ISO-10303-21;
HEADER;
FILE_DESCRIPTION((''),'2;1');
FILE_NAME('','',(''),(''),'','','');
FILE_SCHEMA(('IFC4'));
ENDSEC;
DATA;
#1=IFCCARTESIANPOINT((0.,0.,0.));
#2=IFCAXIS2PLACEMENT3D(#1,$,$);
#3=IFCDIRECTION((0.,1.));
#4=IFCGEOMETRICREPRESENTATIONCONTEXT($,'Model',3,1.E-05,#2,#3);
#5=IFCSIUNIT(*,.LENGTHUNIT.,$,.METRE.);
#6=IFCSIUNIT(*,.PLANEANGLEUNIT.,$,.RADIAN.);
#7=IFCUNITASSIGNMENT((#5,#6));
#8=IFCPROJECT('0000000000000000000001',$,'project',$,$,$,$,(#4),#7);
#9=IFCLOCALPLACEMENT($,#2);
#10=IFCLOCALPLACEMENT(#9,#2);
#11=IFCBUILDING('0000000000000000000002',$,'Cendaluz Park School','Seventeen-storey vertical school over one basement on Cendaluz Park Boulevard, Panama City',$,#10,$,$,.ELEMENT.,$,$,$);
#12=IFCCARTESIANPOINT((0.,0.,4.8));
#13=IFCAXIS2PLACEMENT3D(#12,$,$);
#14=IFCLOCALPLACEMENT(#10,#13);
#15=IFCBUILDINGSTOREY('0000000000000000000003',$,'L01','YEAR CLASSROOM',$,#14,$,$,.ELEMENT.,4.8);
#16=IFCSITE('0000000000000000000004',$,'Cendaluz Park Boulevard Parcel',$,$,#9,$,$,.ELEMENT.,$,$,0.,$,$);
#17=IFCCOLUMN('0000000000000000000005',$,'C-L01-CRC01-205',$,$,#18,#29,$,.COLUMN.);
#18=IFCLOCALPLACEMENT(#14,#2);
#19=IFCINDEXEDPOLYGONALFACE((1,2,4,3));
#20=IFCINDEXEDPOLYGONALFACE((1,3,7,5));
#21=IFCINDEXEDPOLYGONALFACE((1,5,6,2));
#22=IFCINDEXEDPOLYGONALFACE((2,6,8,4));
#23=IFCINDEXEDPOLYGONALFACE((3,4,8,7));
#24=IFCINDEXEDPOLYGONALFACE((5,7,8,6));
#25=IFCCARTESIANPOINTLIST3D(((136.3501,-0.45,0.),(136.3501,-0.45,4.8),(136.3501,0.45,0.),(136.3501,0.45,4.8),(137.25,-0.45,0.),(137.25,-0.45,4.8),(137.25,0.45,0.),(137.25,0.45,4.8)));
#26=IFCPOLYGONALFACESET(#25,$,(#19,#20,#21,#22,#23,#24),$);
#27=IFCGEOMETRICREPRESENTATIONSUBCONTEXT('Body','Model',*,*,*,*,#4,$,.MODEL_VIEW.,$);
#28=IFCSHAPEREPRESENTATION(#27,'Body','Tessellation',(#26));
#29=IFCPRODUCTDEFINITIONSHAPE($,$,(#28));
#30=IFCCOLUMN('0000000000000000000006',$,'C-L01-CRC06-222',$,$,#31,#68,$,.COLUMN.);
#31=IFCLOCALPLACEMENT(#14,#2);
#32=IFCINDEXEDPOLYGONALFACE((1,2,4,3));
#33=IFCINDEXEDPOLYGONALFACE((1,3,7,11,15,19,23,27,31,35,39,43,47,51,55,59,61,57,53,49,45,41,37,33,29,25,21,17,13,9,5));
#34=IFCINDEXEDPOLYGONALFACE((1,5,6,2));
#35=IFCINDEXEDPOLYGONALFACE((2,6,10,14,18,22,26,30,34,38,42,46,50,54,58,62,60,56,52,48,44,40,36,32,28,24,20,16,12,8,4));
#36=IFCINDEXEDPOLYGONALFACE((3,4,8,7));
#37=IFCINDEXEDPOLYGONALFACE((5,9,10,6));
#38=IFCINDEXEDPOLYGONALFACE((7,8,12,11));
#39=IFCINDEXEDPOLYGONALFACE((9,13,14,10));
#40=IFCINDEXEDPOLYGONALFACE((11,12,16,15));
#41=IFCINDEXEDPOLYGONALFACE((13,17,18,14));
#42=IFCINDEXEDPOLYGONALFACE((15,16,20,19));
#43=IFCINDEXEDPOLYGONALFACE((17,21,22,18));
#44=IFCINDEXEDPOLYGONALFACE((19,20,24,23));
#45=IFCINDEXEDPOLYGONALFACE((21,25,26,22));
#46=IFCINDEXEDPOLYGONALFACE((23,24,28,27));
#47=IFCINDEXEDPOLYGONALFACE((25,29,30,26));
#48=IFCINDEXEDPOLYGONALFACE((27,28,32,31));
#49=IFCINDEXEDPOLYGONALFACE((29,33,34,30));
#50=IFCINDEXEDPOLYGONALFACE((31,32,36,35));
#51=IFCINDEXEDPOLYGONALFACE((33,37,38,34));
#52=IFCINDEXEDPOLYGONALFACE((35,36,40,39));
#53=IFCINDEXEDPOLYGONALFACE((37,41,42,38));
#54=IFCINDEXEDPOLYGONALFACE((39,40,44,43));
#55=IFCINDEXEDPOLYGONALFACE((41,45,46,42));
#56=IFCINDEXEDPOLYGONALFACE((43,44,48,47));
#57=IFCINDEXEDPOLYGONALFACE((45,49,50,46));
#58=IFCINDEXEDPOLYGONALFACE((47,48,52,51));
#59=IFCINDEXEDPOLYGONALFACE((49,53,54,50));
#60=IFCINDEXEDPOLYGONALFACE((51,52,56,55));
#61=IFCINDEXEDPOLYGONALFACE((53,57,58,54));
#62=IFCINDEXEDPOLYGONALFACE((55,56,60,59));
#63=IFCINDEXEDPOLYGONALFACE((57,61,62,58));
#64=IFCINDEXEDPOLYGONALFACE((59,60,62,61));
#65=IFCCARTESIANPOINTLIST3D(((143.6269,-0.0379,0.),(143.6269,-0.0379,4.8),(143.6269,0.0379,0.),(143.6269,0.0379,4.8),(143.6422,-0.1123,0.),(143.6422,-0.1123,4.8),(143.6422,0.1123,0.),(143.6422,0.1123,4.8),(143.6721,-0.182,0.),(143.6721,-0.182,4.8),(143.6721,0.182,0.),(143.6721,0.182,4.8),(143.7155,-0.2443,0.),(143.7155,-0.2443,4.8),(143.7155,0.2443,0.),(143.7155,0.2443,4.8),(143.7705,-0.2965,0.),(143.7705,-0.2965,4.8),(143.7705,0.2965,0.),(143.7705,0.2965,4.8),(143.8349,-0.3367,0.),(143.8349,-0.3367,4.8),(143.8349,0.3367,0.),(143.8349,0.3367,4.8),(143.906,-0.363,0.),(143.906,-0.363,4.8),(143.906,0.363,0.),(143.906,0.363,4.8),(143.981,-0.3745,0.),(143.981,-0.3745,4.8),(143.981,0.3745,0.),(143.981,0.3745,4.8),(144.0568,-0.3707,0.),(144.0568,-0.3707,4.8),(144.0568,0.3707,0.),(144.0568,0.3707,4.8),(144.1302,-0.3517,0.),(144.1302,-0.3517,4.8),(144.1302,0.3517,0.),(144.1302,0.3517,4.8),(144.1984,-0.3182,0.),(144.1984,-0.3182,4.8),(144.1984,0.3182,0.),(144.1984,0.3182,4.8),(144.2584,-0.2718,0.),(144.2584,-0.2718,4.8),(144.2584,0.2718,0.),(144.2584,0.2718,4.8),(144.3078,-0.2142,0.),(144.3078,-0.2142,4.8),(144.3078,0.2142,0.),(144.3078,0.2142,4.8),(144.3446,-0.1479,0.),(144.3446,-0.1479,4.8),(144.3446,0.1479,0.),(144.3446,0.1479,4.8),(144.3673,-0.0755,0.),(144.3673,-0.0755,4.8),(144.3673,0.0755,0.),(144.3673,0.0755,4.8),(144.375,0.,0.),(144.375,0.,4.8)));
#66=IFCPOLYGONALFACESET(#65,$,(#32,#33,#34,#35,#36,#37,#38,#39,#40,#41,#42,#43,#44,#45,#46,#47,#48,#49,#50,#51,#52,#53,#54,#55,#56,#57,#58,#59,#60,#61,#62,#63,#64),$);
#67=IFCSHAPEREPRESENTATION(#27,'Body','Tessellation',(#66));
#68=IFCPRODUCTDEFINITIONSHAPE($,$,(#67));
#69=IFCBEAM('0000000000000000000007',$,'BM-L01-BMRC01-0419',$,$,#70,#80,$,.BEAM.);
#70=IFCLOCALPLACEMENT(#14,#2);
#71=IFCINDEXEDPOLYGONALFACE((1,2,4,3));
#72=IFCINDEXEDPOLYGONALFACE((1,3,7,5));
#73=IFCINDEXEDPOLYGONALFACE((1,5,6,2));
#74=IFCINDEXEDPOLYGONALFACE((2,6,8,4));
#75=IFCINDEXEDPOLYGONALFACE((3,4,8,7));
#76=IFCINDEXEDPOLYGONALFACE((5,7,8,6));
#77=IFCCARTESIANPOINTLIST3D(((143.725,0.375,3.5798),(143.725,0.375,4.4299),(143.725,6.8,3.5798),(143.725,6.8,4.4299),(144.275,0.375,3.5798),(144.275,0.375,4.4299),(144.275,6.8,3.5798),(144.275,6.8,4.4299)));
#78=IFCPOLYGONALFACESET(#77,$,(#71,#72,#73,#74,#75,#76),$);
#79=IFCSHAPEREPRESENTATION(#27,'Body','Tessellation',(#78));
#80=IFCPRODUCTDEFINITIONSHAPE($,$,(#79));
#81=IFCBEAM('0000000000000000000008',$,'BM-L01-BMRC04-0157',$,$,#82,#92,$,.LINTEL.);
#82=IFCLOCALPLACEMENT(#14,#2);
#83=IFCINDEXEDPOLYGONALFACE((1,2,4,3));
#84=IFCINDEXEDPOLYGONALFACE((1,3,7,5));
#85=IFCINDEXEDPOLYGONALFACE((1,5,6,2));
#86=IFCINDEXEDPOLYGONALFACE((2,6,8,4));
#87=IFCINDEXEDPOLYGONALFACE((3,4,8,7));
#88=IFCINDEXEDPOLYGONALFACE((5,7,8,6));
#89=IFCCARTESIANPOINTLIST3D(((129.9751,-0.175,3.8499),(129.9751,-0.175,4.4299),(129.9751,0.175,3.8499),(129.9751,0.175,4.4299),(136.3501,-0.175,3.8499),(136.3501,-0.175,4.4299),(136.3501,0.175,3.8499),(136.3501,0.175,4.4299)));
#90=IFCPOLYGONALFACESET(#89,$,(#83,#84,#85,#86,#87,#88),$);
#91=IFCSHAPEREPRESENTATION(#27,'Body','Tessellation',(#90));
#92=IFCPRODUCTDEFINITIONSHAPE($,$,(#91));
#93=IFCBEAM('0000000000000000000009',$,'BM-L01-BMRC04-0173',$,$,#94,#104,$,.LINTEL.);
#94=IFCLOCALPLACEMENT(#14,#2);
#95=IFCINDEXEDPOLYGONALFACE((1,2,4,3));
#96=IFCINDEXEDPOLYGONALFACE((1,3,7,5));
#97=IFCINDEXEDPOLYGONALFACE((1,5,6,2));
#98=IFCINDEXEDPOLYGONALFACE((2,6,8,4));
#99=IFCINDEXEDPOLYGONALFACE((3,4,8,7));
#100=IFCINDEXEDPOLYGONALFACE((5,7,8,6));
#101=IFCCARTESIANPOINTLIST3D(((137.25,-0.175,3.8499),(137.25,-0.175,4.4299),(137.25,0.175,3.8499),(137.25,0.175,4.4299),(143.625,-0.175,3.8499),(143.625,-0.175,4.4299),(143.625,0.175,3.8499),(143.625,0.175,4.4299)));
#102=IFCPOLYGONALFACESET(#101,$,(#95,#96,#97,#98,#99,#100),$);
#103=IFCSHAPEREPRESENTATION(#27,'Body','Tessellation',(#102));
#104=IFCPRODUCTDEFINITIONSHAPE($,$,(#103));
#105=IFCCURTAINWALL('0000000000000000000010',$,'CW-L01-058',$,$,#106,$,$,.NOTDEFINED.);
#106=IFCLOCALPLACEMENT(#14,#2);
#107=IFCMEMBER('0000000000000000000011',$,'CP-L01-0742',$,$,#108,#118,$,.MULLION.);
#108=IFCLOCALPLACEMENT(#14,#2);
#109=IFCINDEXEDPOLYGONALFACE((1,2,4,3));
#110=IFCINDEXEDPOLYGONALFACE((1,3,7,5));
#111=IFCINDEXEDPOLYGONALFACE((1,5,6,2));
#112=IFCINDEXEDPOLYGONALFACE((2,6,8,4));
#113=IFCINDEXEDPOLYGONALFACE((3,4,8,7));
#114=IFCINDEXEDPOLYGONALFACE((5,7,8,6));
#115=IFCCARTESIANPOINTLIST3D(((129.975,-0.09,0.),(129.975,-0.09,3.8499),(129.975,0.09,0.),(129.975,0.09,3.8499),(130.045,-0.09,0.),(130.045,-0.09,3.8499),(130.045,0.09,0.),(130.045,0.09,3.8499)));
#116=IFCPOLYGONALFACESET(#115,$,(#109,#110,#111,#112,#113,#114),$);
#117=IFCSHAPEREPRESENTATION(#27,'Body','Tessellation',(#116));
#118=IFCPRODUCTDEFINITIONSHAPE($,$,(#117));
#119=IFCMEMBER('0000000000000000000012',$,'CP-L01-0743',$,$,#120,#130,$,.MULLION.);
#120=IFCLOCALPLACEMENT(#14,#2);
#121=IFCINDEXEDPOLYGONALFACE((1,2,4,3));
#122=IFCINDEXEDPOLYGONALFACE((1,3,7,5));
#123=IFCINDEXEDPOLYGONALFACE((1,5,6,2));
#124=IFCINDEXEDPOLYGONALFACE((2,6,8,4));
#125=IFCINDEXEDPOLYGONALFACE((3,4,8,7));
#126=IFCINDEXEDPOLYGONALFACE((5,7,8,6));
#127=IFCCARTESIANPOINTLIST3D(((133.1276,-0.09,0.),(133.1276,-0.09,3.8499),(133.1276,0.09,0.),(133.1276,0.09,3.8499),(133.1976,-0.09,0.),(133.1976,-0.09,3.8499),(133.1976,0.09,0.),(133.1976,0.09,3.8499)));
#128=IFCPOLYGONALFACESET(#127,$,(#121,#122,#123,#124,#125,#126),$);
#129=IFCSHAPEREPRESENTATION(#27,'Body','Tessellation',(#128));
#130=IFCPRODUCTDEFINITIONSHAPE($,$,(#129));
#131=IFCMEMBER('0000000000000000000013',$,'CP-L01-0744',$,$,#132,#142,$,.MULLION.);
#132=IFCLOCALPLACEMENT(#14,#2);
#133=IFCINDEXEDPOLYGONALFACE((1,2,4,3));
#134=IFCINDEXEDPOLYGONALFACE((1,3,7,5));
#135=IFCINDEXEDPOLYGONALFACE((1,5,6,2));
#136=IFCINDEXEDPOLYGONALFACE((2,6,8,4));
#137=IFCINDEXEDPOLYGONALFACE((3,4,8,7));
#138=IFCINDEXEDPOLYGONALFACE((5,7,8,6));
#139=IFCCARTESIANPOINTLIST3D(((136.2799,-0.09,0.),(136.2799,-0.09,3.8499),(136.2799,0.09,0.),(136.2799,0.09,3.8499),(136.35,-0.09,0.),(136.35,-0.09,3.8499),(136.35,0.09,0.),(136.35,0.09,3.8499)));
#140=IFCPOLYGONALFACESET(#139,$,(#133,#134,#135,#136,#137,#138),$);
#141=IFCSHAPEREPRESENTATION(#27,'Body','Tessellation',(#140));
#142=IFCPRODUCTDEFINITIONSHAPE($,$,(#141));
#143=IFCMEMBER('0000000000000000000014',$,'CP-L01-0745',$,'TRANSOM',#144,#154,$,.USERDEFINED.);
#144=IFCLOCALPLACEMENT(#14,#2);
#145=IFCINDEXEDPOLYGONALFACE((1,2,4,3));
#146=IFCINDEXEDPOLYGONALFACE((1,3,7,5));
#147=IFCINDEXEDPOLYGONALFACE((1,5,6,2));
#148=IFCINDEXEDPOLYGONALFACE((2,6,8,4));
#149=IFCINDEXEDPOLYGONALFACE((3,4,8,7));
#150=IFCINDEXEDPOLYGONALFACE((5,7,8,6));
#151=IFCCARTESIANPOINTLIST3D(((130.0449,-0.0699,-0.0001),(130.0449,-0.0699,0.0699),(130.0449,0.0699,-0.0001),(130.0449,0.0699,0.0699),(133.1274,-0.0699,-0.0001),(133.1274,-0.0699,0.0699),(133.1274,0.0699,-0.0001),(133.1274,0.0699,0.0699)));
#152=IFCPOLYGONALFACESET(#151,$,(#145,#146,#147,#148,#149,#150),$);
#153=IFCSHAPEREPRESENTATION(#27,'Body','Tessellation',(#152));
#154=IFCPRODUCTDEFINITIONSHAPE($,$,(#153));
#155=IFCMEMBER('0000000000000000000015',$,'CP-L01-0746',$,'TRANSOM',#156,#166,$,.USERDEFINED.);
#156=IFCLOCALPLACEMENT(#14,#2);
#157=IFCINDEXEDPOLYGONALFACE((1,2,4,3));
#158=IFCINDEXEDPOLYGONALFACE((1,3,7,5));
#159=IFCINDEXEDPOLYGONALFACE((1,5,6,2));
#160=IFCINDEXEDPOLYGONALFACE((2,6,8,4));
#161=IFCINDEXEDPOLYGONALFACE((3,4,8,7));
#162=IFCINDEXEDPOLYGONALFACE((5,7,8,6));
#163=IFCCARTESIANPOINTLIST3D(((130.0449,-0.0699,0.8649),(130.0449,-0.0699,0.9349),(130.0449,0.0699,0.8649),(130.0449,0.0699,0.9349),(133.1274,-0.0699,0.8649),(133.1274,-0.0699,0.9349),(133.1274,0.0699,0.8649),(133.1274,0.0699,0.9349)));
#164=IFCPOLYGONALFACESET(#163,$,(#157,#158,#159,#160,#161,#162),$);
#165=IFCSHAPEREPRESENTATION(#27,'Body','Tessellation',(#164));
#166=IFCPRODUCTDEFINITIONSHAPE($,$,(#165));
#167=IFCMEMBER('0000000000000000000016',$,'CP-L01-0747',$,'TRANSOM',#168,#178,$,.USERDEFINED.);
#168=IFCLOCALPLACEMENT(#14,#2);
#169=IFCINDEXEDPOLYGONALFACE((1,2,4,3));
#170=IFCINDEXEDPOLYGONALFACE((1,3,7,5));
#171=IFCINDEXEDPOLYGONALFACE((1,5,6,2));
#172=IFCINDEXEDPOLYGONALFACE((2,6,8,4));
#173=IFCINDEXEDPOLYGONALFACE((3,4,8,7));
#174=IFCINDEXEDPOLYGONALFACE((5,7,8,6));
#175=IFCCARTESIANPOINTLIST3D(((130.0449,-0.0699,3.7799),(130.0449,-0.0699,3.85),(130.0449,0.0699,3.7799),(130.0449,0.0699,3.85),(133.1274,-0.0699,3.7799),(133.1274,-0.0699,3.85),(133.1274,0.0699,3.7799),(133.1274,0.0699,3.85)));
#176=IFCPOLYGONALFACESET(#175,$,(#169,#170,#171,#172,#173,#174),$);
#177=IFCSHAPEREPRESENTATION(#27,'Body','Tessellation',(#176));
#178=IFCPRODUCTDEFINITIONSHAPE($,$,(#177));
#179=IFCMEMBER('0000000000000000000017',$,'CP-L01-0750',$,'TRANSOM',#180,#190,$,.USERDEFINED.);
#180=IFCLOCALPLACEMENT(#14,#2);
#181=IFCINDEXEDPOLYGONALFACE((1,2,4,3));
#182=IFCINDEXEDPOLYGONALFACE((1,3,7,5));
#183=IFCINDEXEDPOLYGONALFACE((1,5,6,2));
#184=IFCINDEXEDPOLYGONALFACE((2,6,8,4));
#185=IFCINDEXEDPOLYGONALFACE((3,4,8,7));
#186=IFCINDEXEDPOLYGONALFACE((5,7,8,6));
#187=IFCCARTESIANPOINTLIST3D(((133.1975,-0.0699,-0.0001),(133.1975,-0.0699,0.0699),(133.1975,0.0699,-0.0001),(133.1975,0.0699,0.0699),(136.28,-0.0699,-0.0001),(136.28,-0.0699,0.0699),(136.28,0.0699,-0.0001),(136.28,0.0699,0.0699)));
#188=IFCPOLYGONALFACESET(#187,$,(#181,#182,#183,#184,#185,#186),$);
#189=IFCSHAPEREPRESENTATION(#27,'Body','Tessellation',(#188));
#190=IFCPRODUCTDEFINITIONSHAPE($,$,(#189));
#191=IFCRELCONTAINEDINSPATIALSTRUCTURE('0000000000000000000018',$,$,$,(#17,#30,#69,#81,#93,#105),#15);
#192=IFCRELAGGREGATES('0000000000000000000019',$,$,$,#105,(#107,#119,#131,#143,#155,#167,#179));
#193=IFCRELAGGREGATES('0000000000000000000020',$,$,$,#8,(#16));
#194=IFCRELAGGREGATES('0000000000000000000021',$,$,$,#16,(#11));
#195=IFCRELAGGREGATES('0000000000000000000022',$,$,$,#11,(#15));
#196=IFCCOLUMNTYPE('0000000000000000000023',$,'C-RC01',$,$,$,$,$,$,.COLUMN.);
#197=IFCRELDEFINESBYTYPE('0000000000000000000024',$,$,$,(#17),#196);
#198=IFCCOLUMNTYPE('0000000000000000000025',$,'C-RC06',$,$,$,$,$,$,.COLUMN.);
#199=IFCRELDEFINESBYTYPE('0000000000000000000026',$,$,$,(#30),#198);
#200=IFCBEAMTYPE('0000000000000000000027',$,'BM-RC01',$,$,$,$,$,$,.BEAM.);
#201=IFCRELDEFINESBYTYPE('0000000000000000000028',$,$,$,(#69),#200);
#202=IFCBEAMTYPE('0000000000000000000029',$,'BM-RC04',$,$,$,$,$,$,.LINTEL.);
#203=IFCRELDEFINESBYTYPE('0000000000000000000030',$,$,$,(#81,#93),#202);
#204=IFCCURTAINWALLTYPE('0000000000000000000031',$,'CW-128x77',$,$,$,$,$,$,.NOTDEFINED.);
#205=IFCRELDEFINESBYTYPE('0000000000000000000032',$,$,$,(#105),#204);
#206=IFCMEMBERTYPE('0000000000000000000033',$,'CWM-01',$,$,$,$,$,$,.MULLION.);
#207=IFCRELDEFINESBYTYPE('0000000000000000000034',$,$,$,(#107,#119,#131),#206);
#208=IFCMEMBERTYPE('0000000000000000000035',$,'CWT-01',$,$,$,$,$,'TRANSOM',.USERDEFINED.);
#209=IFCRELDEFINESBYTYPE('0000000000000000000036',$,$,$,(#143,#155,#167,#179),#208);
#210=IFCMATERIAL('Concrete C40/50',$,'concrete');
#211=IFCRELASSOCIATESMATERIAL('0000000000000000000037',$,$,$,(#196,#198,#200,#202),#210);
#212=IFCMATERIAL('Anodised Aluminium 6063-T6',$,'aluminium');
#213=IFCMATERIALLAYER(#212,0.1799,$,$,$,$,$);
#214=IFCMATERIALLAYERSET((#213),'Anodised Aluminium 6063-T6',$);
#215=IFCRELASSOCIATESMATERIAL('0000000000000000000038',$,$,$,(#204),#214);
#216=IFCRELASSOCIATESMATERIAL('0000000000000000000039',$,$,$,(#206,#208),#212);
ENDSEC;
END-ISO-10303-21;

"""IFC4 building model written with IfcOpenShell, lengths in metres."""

from ifc_helpers import new_model, si_unit, direction, frame, origin, origin_2d, place, context, subcontext, project, spatial, rectangle, circle, extrude, material, layer, layer_set, material_profile, profile_set, type_object, element, aggregate, save


model = new_model("IFC4")

# Units and contexts
model_context = context("Model", 3, precision=1e-05, world=origin(), true_north=direction((0.0, 1.0)))
body_context = subcontext(model_context, "Body", "Model", "MODEL_VIEW")
ifc_project = project(units=[si_unit("LENGTHUNIT", "METRE"), si_unit("PLANEANGLEUNIT", "RADIAN")], contexts=[model_context])

# Site, building, storey
site_placement = place(None, origin())
site = spatial("IfcSite", under=ifc_project, at=site_placement, Name="Cendaluz Park Boulevard Parcel", CompositionType="ELEMENT", RefElevation=0.0)
building_placement = place(site_placement, origin())
building = spatial("IfcBuilding", under=site, at=building_placement, Name="Cendaluz Park School", Description="Seventeen-storey vertical school over one basement on Cendaluz Park Boulevard, Panama City", CompositionType="ELEMENT")
storey_placement = place(building_placement, frame((0.0, 0.0, 4.8)))
storey = spatial("IfcBuildingStorey", under=building, at=storey_placement, Name="L01", Description="YEAR CLASSROOM", CompositionType="ELEMENT", Elevation=4.8)

# Columns
ifc_material_1 = material(Name="Concrete C40/50", Category="concrete")
ifc_material_profile_1 = material_profile(ifc_material_1, rectangle(XDim=0.8999, YDim=0.8999, at=origin_2d()), Name="RC 900x900", Category="concrete")
ifc_profile_set_1 = profile_set([ifc_material_profile_1], Name="Concrete C40/50")
column_type_1 = type_object("IfcColumnType", Name="C-RC01", PredefinedType="COLUMN", material=ifc_profile_set_1)
column_1_placement = place(storey_placement, frame((136.8, 0.0, 0.0), z_axis=(0.0, 0.0, 1.0), x_axis=(1.0, 0.0, 0.0)))
element("IfcColumn", 1, at=column_1_placement, inside=storey, type_object=column_type_1, Name="C-L01-CRC01-205", PredefinedType="COLUMN", context=body_context, shape_type="SweptSolid", body=[
    extrude(rectangle(XDim=0.8999, YDim=0.8999, at=origin_2d()), origin(), (0.0, 0.0, 1.0), 4.8),
])
ifc_material_profile_2 = material_profile(ifc_material_1, circle(Radius=0.375, at=origin_2d()), Name="RC D750", Category="concrete")
ifc_profile_set_2 = profile_set([ifc_material_profile_2], Name="Concrete C40/50")
column_type_2 = type_object("IfcColumnType", Name="C-RC06", PredefinedType="COLUMN", material=ifc_profile_set_2)
column_2_placement = place(storey_placement, frame((144.0, 0.0, 0.0), z_axis=(0.0, 0.0, 1.0), x_axis=(1.0, 0.0, 0.0)))
element("IfcColumn", 2, at=column_2_placement, inside=storey, type_object=column_type_2, Name="C-L01-CRC06-222", PredefinedType="COLUMN", context=body_context, shape_type="SweptSolid", body=[
    extrude(circle(Radius=0.375, at=origin_2d()), origin(), (0.0, 0.0, 1.0), 4.8),
])

# Beams
ifc_material_profile_3 = material_profile(ifc_material_1, rectangle(XDim=0.55, YDim=0.8501, at=origin_2d()), Name="RC 550x850", Category="concrete")
ifc_profile_set_3 = profile_set([ifc_material_profile_3], Name="Concrete C40/50")
beam_type_1 = type_object("IfcBeamType", Name="BM-RC01", PredefinedType="BEAM", material=ifc_profile_set_3)
beam_placement = place(storey_placement, frame((144.0, 0.375, 4.0049), z_axis=(0.0, 1.0, 0.0), x_axis=(-1.0, 0.0, 0.0)))
element("IfcBeam", 3, at=beam_placement, inside=storey, type_object=beam_type_1, Name="BM-L01-BMRC01-0419", PredefinedType="BEAM", context=body_context, shape_type="SweptSolid", body=[
    extrude(rectangle(XDim=0.55, YDim=0.8501, at=origin_2d()), origin(), (0.0, 0.0, 1.0), 6.425),
])
ifc_material_profile_4 = material_profile(ifc_material_1, rectangle(XDim=0.3501, YDim=0.5801, at=origin_2d()), Name="RC 350x580", Category="concrete")
ifc_profile_set_4 = profile_set([ifc_material_profile_4], Name="Concrete C40/50")
beam_type_2 = type_object("IfcBeamType", Name="BM-RC04", PredefinedType="LINTEL", material=ifc_profile_set_4)
for number, where, z_axis, x_axis, name in (
    (4, (129.9751, 0.0, 4.1399), (1.0, 0.0, 0.0), (0.0, 1.0, 0.0), "BM-L01-BMRC04-0157"),
    (5, (137.25, 0.0, 4.1399), (1.0, 0.0, 0.0), (0.0, 1.0, 0.0), "BM-L01-BMRC04-0173"),
):
    element("IfcBeam", number, at=place(storey_placement, frame(where, z_axis=z_axis, x_axis=x_axis)), inside=storey, type_object=beam_type_2, Name=name, PredefinedType="LINTEL", context=body_context, shape_type="SweptSolid", body=[
        extrude(rectangle(XDim=0.3501, YDim=0.5801, at=origin_2d()), origin(), (0.0, 0.0, 1.0), 6.375),
    ])

# Curtain wall, members
ifc_material_2 = material(Name="Anodised Aluminium 6063-T6", Category="aluminium")
ifc_layer_1 = layer(ifc_material_2, 0.1799)
ifc_layer_set_1 = layer_set([ifc_layer_1], Name="Anodised Aluminium 6063-T6")
curtain_wall_type = type_object("IfcCurtainWallType", Name="CW-128x77", PredefinedType="NOTDEFINED", material=ifc_layer_set_1)
curtain_wall_placement = place(storey_placement, origin())
curtain_wall = element("IfcCurtainWall", 6, at=curtain_wall_placement, inside=storey, type_object=curtain_wall_type, Name="CW-L01-058", PredefinedType="NOTDEFINED")
ifc_material_profile_5 = material_profile(ifc_material_2, rectangle(XDim=0.1799, YDim=0.0701, at=origin_2d()), Name="CWM 180x70", Category="aluminium")
ifc_profile_set_5 = profile_set([ifc_material_profile_5], Name="Anodised Aluminium 6063-T6")
member_type_1 = type_object("IfcMemberType", Name="CWM-01", PredefinedType="MULLION", material=ifc_profile_set_5)
member_1_placement = place(storey_placement, frame((130.01, 0.0, 0.0), z_axis=(0.0, 0.0, 1.0), x_axis=(0.0, 1.0, 0.0)))
member_1 = element("IfcMember", 7, at=member_1_placement, type_object=member_type_1, Name="CP-L01-0742", PredefinedType="MULLION", context=body_context, shape_type="SweptSolid", body=[
    extrude(rectangle(XDim=0.1799, YDim=0.0701, at=origin_2d()), origin(), (0.0, 0.0, 1.0), 3.8499),
])
member_2_placement = place(storey_placement, frame((133.1626, 0.0, 0.0), z_axis=(0.0, 0.0, 1.0), x_axis=(0.0, 1.0, 0.0)))
member_2 = element("IfcMember", 8, at=member_2_placement, type_object=member_type_1, Name="CP-L01-0743", PredefinedType="MULLION", context=body_context, shape_type="SweptSolid", body=[
    extrude(rectangle(XDim=0.1799, YDim=0.0701, at=origin_2d()), origin(), (0.0, 0.0, 1.0), 3.8499),
])
member_3_placement = place(storey_placement, frame((136.3149, 0.0, 0.0), z_axis=(0.0, 0.0, 1.0), x_axis=(0.0, 1.0, 0.0)))
member_3 = element("IfcMember", 9, at=member_3_placement, type_object=member_type_1, Name="CP-L01-0744", PredefinedType="MULLION", context=body_context, shape_type="SweptSolid", body=[
    extrude(rectangle(XDim=0.1799, YDim=0.0701, at=origin_2d()), origin(), (0.0, 0.0, 1.0), 3.8499),
])
ifc_material_profile_6 = material_profile(ifc_material_2, rectangle(XDim=0.1399, YDim=0.0701, at=origin_2d()), Name="CWT 140x70", Category="aluminium")
ifc_profile_set_6 = profile_set([ifc_material_profile_6], Name="Anodised Aluminium 6063-T6")
member_type_2 = type_object("IfcMemberType", Name="CWT-01", ElementType="TRANSOM", PredefinedType="USERDEFINED", material=ifc_profile_set_6)
member_4_placement = place(storey_placement, frame((130.0449, 0.0, 0.0349), z_axis=(1.0, 0.0, 0.0), x_axis=(0.0, 1.0, 0.0)))
member_4 = element("IfcMember", 10, at=member_4_placement, type_object=member_type_2, Name="CP-L01-0745", ObjectType="TRANSOM", PredefinedType="USERDEFINED", context=body_context, shape_type="SweptSolid", body=[
    extrude(rectangle(XDim=0.1399, YDim=0.0701, at=origin_2d()), origin(), (0.0, 0.0, 1.0), 3.0825),
])
member_5_placement = place(storey_placement, frame((130.0449, 0.0, 0.8999), z_axis=(1.0, 0.0, 0.0), x_axis=(0.0, 1.0, 0.0)))
member_5 = element("IfcMember", 11, at=member_5_placement, type_object=member_type_2, Name="CP-L01-0746", ObjectType="TRANSOM", PredefinedType="USERDEFINED", context=body_context, shape_type="SweptSolid", body=[
    extrude(rectangle(XDim=0.1399, YDim=0.0701, at=origin_2d()), origin(), (0.0, 0.0, 1.0), 3.0825),
])
member_6_placement = place(storey_placement, frame((130.0449, 0.0, 3.8149), z_axis=(1.0, 0.0, 0.0), x_axis=(0.0, 1.0, 0.0)))
member_6 = element("IfcMember", 12, at=member_6_placement, type_object=member_type_2, Name="CP-L01-0747", ObjectType="TRANSOM", PredefinedType="USERDEFINED", context=body_context, shape_type="SweptSolid", body=[
    extrude(rectangle(XDim=0.1399, YDim=0.0701, at=origin_2d()), origin(), (0.0, 0.0, 1.0), 3.0825),
])
member_7_placement = place(storey_placement, frame((133.1975, 0.0, 0.0349), z_axis=(1.0, 0.0, 0.0), x_axis=(0.0, 1.0, 0.0)))
member_7 = element("IfcMember", 13, at=member_7_placement, type_object=member_type_2, Name="CP-L01-0750", ObjectType="TRANSOM", PredefinedType="USERDEFINED", context=body_context, shape_type="SweptSolid", body=[
    extrude(rectangle(XDim=0.1399, YDim=0.0701, at=origin_2d()), origin(), (0.0, 0.0, 1.0), 3.0825),
])
aggregate(curtain_wall, [member_1, member_2, member_3, member_4, member_5, member_6, member_7])

save(model, "model.ifc")
